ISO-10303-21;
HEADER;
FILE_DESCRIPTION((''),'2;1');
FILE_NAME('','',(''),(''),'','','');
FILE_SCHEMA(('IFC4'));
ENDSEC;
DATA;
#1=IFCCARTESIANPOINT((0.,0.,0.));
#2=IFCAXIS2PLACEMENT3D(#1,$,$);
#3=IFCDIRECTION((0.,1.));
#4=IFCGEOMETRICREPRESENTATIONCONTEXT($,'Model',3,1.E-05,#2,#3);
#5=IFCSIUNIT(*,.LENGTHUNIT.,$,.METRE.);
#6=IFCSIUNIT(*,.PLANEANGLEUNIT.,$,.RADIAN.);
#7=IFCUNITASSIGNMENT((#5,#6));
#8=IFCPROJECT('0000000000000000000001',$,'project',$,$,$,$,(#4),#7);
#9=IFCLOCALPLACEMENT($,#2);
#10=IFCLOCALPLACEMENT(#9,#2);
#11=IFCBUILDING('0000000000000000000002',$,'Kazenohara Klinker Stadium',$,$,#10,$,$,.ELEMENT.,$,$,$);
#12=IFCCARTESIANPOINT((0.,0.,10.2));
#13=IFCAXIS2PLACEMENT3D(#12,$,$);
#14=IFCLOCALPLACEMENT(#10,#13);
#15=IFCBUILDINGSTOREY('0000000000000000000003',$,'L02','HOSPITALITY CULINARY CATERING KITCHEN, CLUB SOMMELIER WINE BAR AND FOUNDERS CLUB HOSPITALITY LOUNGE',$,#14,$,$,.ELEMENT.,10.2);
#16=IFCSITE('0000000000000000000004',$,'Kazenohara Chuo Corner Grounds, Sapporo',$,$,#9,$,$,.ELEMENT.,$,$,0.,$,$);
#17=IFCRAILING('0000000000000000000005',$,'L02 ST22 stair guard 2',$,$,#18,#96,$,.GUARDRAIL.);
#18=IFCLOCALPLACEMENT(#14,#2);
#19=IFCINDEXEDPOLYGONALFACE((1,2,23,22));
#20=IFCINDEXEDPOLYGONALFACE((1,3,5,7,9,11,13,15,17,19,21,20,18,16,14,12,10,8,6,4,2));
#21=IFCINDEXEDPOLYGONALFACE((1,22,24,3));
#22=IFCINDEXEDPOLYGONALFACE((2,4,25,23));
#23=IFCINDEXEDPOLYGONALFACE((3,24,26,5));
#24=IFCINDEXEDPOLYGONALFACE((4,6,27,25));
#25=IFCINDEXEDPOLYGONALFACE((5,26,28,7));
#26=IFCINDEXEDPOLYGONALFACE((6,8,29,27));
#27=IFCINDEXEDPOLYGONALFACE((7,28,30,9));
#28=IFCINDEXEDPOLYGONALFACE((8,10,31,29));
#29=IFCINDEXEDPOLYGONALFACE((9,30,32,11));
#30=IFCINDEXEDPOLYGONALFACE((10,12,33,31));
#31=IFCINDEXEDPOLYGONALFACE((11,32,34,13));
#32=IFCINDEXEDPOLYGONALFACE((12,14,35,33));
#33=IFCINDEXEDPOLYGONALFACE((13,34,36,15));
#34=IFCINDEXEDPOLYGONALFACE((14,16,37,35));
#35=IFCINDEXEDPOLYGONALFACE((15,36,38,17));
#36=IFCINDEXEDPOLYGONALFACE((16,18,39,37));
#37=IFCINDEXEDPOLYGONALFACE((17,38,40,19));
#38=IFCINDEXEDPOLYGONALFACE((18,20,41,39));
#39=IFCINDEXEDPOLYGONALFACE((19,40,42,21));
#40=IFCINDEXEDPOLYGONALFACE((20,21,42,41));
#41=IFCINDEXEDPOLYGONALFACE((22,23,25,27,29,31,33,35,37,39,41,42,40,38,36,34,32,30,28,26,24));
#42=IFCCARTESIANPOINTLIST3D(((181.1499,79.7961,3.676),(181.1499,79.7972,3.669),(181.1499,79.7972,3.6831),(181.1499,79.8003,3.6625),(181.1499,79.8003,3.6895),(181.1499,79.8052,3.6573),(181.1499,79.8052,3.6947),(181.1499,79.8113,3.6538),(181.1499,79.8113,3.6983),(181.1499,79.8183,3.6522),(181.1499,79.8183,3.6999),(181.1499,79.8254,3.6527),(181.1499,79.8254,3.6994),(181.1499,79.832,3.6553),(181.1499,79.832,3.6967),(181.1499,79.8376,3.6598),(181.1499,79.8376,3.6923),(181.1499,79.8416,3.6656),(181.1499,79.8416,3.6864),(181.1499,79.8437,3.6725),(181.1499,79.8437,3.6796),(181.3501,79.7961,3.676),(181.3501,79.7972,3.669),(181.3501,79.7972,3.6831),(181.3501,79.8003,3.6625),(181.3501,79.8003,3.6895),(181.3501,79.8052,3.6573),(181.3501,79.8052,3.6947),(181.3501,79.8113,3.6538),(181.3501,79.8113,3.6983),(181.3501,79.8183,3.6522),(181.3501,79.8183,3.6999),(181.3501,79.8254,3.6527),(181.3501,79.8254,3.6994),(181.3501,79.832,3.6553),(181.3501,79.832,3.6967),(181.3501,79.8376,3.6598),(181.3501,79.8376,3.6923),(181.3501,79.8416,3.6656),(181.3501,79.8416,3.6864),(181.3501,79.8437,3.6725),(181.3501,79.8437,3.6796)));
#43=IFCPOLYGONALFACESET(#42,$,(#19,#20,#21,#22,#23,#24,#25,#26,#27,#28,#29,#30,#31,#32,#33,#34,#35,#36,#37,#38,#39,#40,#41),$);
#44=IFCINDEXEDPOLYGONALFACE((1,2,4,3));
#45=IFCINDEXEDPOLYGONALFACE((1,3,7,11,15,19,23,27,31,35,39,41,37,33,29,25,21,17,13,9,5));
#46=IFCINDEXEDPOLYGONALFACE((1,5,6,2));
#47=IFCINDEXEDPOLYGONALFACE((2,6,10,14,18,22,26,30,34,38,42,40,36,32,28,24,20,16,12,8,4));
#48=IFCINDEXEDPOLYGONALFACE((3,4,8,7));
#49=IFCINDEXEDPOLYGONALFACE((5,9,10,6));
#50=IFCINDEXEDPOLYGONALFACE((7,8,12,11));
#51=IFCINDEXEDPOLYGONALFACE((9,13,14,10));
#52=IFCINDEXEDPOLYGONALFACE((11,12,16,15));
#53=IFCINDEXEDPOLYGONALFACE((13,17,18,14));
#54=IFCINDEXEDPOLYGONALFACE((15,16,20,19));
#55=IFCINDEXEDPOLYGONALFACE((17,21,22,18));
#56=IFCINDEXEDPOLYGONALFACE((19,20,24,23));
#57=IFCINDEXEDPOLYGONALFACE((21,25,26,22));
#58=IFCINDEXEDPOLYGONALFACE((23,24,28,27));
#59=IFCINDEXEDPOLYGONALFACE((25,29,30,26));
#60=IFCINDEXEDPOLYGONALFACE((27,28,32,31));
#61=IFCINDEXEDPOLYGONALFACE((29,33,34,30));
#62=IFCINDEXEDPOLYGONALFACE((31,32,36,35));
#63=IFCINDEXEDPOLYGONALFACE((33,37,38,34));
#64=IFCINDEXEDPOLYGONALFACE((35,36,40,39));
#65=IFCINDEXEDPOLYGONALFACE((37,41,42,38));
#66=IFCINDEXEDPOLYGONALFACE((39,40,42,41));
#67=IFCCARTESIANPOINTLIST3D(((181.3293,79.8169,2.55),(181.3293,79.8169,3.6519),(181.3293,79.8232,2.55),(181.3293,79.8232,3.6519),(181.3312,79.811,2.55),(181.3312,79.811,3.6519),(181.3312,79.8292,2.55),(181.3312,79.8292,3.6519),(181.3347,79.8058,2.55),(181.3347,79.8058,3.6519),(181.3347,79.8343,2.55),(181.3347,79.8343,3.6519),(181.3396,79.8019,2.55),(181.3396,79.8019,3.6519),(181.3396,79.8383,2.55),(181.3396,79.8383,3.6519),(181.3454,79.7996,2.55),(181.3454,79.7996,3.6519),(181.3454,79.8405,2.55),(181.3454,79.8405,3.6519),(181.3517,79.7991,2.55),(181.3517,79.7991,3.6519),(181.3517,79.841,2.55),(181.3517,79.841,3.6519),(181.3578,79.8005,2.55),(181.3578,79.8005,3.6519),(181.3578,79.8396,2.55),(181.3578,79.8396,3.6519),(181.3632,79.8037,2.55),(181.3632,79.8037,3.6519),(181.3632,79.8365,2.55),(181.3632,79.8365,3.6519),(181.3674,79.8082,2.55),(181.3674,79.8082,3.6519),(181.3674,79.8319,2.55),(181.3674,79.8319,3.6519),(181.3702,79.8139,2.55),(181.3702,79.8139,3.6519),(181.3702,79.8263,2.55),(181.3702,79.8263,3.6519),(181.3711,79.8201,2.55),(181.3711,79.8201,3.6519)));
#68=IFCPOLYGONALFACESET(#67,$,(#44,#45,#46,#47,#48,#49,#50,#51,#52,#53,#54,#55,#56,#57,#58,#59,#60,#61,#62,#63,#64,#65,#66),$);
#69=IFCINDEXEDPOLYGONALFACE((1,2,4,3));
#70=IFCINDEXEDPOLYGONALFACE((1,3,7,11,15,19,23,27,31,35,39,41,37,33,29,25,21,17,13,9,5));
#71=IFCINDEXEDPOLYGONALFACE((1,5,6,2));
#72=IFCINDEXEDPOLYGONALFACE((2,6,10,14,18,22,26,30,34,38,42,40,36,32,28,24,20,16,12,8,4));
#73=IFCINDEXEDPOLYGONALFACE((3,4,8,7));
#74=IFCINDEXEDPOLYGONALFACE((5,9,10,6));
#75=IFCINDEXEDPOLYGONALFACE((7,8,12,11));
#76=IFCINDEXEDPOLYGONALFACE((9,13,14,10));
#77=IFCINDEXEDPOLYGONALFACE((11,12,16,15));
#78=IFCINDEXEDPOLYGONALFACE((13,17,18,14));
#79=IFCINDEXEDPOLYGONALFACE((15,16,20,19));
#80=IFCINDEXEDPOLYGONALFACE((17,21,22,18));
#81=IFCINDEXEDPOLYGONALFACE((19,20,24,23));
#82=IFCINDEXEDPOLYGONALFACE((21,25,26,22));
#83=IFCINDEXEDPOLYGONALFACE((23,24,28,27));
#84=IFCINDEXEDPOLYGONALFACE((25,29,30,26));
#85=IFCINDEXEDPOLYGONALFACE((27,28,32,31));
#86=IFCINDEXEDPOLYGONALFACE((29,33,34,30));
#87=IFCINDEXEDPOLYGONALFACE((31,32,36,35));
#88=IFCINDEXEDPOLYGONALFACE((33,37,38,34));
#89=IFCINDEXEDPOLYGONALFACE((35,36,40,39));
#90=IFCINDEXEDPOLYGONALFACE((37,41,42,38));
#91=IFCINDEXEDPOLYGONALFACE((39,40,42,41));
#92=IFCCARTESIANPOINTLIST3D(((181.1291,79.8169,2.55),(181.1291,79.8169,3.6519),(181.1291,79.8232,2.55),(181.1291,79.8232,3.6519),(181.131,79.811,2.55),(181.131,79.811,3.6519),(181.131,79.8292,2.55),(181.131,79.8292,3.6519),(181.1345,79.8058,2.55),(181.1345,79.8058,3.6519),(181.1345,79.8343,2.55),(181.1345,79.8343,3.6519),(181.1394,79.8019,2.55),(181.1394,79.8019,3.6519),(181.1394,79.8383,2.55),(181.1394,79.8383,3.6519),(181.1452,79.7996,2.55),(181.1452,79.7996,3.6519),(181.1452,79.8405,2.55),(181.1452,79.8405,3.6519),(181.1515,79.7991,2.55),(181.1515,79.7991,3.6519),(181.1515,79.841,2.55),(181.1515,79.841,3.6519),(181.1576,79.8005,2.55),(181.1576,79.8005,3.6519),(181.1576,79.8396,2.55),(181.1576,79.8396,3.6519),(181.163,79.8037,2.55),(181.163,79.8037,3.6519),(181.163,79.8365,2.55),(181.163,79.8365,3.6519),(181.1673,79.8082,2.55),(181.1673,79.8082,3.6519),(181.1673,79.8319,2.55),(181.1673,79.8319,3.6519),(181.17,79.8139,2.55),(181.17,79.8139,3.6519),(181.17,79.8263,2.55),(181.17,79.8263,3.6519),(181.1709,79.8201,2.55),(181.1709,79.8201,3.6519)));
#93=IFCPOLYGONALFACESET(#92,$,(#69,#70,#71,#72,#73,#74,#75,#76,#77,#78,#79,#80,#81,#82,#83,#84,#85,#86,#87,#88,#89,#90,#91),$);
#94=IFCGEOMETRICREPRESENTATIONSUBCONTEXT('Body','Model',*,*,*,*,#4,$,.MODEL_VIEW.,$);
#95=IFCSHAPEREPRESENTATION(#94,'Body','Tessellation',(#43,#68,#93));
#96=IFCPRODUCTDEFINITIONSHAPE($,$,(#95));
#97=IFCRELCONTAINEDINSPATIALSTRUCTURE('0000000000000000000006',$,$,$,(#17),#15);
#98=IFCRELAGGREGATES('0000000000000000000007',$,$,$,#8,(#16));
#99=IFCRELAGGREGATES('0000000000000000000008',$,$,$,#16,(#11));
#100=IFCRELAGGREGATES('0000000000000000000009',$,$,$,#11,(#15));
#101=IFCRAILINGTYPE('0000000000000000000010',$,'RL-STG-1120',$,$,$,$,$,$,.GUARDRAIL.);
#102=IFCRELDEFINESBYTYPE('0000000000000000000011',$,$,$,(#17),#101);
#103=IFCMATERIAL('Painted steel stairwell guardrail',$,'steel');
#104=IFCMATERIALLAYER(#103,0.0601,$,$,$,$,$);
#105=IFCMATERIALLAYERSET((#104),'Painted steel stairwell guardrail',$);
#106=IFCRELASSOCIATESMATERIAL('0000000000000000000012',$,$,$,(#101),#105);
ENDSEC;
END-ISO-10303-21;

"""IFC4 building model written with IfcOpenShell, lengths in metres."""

from ifc_helpers import new_model, si_unit, direction, frame, origin, origin_2d, place, context, subcontext, project, spatial, circle, extrude, material, layer, layer_set, type_object, element, save


model = new_model("IFC4")

# Units and contexts
model_context = context("Model", 3, precision=1e-05, world=origin(), true_north=direction((0.0, 1.0)))
body_context = subcontext(model_context, "Body", "Model", "MODEL_VIEW")
ifc_project = project(units=[si_unit("LENGTHUNIT", "METRE"), si_unit("PLANEANGLEUNIT", "RADIAN")], contexts=[model_context])

# Site, building, storey
site_placement = place(None, origin())
site = spatial("IfcSite", under=ifc_project, at=site_placement, Name="Kazenohara Chuo Corner Grounds, Sapporo", CompositionType="ELEMENT", RefElevation=0.0)
building_placement = place(site_placement, origin())
building = spatial("IfcBuilding", under=site, at=building_placement, Name="Kazenohara Klinker Stadium", CompositionType="ELEMENT")
storey_placement = place(building_placement, frame((0.0, 0.0, 10.2)))
storey = spatial("IfcBuildingStorey", under=building, at=storey_placement, Name="L02", Description="HOSPITALITY CULINARY CATERING KITCHEN, CLUB SOMMELIER WINE BAR AND FOUNDERS CLUB HOSPITALITY LOUNGE", CompositionType="ELEMENT", Elevation=10.2)

# Railing
ifc_material_1 = material(Name="Painted steel stairwell guardrail", Category="steel")
ifc_layer_1 = layer(ifc_material_1, 0.0601)
ifc_layer_set_1 = layer_set([ifc_layer_1], Name="Painted steel stairwell guardrail")
railing_type_1 = type_object("IfcRailingType", Name="RL-STG-1120", PredefinedType="GUARDRAIL", material=ifc_layer_set_1)
railing_1_placement = place(storey_placement, frame((181.3501, 79.8201, 2.55)))
element("IfcRailing", 1, at=railing_1_placement, inside=storey, type_object=railing_type_1, Name="L02 ST22 stair guard 2", PredefinedType="GUARDRAIL", context=body_context, shape_type="SweptSolid", body=[
    extrude(circle(Radius=0.0239, at=origin_2d()), frame((0.0, 0.0, 1.126), z_axis=(-1.0, 0.0, 0.0), x_axis=(0.0, -1.0, 0.0)), (0.0, 0.0, 1.0), 0.2002),
    extrude(circle(Radius=0.021, at=origin_2d()), origin(), (0.0, 0.0, 1.0), 1.1018),
    extrude(circle(Radius=0.021, at=origin_2d()), frame((-0.2002, 0.0, 0.0)), (0.0, 0.0, 1.0), 1.1018),
])

save(model, "model.ifc")
